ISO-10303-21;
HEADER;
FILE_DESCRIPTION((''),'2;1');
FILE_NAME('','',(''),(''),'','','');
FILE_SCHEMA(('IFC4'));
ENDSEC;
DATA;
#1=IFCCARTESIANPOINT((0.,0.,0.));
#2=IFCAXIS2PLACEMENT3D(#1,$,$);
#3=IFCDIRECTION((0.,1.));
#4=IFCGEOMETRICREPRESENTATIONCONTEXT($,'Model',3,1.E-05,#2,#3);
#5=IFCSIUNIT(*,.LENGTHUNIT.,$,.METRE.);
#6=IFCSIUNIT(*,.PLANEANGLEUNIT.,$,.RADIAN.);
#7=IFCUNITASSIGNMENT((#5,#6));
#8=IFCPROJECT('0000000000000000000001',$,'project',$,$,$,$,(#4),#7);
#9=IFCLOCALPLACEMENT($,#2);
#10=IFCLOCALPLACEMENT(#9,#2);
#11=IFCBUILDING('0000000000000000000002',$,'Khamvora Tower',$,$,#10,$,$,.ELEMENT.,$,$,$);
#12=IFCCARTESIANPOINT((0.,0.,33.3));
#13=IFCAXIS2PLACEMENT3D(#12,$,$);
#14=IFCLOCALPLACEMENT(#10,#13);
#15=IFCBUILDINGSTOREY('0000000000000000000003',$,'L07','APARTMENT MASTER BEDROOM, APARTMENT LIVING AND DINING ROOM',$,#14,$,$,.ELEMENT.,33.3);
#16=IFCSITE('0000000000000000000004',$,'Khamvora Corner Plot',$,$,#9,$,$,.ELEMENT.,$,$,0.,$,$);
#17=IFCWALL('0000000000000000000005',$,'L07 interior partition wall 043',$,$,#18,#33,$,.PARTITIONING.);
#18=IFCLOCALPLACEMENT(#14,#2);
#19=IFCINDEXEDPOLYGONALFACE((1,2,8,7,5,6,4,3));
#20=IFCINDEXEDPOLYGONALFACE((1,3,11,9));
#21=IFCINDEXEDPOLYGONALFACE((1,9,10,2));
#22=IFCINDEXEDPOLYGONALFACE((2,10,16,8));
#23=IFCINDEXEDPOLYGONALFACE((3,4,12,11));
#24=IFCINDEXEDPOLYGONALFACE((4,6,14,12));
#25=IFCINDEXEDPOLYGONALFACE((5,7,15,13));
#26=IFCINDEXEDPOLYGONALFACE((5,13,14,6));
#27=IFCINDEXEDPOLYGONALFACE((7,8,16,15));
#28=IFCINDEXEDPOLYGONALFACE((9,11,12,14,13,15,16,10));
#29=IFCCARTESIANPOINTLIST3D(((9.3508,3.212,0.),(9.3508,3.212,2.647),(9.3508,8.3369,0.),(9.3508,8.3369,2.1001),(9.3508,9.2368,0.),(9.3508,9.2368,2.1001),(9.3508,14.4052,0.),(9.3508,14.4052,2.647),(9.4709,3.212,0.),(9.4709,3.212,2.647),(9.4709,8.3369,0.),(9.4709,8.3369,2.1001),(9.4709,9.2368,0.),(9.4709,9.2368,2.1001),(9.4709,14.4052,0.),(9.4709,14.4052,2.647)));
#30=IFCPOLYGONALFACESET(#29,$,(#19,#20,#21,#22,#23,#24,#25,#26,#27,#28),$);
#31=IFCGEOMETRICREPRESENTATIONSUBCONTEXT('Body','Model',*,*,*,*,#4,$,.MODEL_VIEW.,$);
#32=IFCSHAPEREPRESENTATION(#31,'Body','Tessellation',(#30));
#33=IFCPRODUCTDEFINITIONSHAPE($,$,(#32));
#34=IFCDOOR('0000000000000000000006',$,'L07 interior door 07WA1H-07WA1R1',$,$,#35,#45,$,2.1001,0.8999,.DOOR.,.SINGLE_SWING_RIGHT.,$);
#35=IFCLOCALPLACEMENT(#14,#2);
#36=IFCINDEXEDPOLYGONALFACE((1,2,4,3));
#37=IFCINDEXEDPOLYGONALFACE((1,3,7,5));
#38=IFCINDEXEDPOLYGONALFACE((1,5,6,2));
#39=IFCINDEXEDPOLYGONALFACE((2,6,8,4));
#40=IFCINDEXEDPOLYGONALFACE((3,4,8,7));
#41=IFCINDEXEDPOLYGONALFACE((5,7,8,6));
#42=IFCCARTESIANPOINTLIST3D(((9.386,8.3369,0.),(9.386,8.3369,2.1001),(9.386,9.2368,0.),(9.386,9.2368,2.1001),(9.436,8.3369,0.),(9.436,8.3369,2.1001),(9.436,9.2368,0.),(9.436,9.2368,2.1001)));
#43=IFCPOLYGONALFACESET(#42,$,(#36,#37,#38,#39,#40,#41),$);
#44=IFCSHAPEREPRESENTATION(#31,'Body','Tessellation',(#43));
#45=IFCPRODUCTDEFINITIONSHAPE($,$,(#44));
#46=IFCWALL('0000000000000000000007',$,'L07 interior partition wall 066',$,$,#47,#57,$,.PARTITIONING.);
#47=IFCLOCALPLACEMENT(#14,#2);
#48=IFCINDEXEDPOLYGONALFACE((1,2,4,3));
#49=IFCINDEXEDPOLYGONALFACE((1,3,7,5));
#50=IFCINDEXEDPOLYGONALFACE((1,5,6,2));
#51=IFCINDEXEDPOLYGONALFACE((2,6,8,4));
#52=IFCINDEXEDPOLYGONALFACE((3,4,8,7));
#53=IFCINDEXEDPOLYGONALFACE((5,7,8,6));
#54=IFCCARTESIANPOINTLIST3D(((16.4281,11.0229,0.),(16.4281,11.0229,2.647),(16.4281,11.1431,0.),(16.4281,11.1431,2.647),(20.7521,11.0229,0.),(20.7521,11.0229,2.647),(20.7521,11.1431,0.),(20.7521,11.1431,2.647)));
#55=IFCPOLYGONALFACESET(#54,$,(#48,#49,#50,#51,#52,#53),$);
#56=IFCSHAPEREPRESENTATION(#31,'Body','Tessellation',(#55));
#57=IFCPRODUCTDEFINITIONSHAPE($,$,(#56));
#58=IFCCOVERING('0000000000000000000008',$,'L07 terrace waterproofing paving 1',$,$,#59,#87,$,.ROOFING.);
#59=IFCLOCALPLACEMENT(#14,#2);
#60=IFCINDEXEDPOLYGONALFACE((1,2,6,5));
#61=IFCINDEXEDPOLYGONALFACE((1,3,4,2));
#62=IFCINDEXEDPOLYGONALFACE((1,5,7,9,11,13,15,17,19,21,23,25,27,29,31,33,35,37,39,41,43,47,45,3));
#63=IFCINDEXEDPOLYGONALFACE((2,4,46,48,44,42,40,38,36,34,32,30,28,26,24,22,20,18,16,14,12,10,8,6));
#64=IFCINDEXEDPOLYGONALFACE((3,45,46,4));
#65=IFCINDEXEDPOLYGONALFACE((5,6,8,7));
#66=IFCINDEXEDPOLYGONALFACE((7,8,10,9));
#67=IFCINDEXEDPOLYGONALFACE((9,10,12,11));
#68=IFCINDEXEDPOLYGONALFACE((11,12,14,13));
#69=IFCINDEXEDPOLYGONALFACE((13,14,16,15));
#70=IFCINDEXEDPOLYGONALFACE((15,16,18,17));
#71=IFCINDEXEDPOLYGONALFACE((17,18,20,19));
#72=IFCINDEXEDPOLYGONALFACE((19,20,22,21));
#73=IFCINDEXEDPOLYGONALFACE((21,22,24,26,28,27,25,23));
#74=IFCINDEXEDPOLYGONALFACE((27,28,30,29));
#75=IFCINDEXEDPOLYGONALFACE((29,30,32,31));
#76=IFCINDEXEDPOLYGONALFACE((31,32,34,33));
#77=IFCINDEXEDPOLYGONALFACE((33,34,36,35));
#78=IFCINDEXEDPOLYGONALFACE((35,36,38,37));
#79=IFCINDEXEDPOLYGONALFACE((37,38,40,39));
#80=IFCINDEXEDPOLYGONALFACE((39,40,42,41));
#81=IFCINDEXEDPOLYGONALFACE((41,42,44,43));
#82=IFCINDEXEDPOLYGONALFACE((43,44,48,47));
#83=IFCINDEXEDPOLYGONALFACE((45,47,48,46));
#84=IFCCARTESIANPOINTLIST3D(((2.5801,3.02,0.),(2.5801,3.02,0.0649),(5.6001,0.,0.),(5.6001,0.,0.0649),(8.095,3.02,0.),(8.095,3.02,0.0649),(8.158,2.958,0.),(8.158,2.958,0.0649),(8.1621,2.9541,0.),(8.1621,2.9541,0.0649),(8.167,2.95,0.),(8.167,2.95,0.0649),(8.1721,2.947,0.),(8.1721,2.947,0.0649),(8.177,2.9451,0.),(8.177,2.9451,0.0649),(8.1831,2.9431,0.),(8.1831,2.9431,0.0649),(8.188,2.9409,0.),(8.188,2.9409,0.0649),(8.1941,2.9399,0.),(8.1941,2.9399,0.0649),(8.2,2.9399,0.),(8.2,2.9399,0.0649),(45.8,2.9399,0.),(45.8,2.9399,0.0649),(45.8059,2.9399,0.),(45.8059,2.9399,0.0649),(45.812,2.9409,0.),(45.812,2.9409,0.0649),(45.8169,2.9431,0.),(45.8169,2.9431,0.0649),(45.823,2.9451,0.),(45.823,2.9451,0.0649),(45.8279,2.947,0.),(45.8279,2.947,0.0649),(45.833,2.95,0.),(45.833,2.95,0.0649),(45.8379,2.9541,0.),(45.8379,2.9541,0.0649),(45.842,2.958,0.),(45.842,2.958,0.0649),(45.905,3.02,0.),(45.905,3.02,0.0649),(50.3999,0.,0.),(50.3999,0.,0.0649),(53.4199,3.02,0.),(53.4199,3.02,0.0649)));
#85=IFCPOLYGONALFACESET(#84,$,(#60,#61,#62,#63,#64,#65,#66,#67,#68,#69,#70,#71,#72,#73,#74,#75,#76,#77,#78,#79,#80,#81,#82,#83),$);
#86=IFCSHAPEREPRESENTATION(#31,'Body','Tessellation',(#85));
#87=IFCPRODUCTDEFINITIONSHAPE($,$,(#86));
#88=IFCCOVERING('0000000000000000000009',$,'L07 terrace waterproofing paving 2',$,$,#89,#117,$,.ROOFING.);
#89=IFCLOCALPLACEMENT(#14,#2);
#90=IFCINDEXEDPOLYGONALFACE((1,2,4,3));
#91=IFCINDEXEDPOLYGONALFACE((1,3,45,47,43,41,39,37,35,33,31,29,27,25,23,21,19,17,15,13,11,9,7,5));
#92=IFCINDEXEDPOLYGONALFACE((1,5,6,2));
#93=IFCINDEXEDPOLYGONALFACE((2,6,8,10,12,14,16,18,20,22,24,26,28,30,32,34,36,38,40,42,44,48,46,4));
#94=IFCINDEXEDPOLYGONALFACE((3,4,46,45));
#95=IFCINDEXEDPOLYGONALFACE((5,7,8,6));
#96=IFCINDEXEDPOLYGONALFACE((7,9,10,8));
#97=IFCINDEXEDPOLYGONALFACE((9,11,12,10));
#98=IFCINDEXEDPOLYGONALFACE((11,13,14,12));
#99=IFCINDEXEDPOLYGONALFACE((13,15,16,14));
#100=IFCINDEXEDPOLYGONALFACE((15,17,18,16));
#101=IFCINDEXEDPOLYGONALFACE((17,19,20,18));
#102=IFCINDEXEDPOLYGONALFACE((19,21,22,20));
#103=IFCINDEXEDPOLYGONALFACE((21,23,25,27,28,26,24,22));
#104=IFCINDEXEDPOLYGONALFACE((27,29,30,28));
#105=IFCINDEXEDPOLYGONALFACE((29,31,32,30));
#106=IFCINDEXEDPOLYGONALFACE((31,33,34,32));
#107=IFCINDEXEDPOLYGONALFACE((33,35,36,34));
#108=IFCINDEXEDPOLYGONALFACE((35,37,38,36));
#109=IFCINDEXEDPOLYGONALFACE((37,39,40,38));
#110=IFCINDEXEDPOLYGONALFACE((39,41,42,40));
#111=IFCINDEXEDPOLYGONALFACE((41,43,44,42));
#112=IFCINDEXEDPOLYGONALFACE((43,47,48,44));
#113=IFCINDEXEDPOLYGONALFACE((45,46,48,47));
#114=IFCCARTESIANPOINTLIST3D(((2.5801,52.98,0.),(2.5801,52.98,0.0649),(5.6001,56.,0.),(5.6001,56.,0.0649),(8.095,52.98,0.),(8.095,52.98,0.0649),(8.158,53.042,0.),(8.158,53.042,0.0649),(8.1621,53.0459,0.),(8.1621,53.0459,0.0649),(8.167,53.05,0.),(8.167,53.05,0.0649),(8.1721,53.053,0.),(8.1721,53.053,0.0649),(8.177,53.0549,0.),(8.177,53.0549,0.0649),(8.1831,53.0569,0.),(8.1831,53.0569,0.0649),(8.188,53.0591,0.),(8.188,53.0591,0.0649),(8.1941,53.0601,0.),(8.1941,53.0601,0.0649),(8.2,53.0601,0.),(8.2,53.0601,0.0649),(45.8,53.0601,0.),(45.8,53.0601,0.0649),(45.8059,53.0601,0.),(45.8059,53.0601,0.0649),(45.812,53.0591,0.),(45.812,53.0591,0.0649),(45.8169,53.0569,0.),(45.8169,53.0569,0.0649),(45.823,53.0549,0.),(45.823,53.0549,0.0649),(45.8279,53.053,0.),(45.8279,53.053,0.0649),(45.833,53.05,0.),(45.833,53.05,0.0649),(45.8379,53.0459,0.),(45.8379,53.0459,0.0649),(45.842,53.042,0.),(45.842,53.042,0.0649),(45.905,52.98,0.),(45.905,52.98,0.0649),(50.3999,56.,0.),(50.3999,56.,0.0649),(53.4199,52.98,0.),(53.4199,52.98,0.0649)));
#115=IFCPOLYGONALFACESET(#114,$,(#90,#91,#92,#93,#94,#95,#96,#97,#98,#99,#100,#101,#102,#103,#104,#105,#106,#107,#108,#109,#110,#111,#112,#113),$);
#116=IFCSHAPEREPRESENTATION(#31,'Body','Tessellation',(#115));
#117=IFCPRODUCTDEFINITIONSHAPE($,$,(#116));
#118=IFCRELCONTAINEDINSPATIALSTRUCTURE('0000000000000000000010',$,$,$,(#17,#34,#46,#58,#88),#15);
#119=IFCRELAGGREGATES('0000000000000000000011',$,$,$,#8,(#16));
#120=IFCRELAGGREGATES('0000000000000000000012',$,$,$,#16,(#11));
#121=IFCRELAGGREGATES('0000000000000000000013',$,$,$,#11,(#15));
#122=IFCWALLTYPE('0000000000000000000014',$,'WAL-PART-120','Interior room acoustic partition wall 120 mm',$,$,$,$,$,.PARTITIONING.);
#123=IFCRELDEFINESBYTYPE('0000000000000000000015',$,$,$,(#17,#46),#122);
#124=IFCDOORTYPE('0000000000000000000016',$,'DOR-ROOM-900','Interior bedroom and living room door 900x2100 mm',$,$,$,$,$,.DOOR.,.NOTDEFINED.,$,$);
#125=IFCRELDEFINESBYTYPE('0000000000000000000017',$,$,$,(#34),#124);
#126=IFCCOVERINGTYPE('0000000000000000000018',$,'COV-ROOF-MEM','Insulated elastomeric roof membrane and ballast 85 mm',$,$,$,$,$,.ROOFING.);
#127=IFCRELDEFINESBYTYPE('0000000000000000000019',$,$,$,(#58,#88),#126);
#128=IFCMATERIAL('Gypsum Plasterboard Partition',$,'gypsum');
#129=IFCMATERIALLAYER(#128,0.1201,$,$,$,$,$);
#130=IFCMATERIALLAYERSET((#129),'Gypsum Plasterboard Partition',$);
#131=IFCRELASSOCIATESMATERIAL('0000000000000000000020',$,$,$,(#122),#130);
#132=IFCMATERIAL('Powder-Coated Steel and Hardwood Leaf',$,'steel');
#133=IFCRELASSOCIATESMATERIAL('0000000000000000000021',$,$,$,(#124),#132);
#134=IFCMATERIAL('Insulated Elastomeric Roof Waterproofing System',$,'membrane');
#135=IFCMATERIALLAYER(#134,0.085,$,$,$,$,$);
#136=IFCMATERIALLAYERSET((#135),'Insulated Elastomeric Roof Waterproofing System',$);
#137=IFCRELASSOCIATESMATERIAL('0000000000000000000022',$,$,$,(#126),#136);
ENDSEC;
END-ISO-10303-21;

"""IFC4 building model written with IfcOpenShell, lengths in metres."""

from ifc_helpers import new_model, si_unit, direction, frame, frame_2d, origin, place, context, subcontext, project, spatial, polyline, rectangle, outline, extrude, material, layer, layer_set, type_object, element, fill, save


model = new_model("IFC4")

# Units and contexts
model_context = context("Model", 3, precision=1e-05, world=origin(), true_north=direction((0.0, 1.0)))
body_context = subcontext(model_context, "Body", "Model", "MODEL_VIEW")
ifc_project = project(units=[si_unit("LENGTHUNIT", "METRE"), si_unit("PLANEANGLEUNIT", "RADIAN")], contexts=[model_context])

# Site, building, storey
site_placement = place(None, origin())
site = spatial("IfcSite", under=ifc_project, at=site_placement, Name="Khamvora Corner Plot", CompositionType="ELEMENT", RefElevation=0.0)
building_placement = place(site_placement, origin())
building = spatial("IfcBuilding", under=site, at=building_placement, Name="Khamvora Tower", CompositionType="ELEMENT")
storey_placement = place(building_placement, frame((0.0, 0.0, 33.3)))
storey = spatial("IfcBuildingStorey", under=building, at=storey_placement, Name="L07", Description="APARTMENT MASTER BEDROOM, APARTMENT LIVING AND DINING ROOM", CompositionType="ELEMENT", Elevation=33.3)

# Wall, opening, door
ifc_material_1 = material(Name="Gypsum Plasterboard Partition", Category="gypsum")
ifc_layer_1 = layer(ifc_material_1, 0.1201)
ifc_layer_set_1 = layer_set([ifc_layer_1], Name="Gypsum Plasterboard Partition")
wall_type_1 = type_object("IfcWallType", Name="WAL-PART-120", Description="Interior room acoustic partition wall 120 mm", PredefinedType="PARTITIONING", material=ifc_layer_set_1)
wall_1_placement = place(storey_placement, frame((9.4109, 3.2119, 0.0), z_axis=(0.0, 0.0, 1.0), x_axis=(0.0, 1.0, 0.0)))
wall_1 = element("IfcWall", 1, at=wall_1_placement, inside=storey, type_object=wall_type_1, Name="L07 interior partition wall 043", PredefinedType="PARTITIONING", context=body_context, shape_type="SweptSolid", body=[
    extrude(rectangle(XDim=11.1931, YDim=0.1201, at=frame_2d((5.5967, 0.0))), origin(), (0.0, 0.0, 1.0), 2.647),
])
opening_1_placement = place(wall_1_placement, frame((5.125, 0.0, 0.0)))
opening_1 = element("IfcOpeningElement", 2, at=opening_1_placement, cuts=wall_1, PredefinedType="OPENING", context=body_context, shape_type="SweptSolid", body=[
    extrude(rectangle(XDim=0.8999, YDim=2.1001, at=frame_2d((0.45, 1.05))), frame((0.0, 0.0701, 0.0), z_axis=(0.0, -1.0, 0.0), x_axis=(1.0, 0.0, 0.0)), (0.0, 0.0, 1.0), 0.1401),
])
ifc_material_2 = material(Name="Powder-Coated Steel and Hardwood Leaf", Category="steel")
door_type = type_object("IfcDoorType", Name="DOR-ROOM-900", Description="Interior bedroom and living room door 900x2100 mm", OperationType="NOTDEFINED", PredefinedType="DOOR", material=ifc_material_2)
door_placement = place(opening_1_placement, origin())
door = element("IfcDoor", 3, at=door_placement, inside=storey, type_object=door_type, Name="L07 interior door 07WA1H-07WA1R1", OperationType="SINGLE_SWING_RIGHT", OverallHeight=2.1001, OverallWidth=0.8999, PredefinedType="DOOR", context=body_context, shape_type="SweptSolid", body=[
    extrude(rectangle(XDim=0.8999, YDim=2.1001, at=frame_2d((0.45, 1.05))), frame((0.0, 0.0249, 0.0), z_axis=(0.0, -1.0, 0.0), x_axis=(1.0, 0.0, 0.0)), (0.0, 0.0, 1.0), 0.05),
])
fill(opening_1, door)

# Wall
wall_2_placement = place(storey_placement, frame((16.428, 11.083, 0.0), z_axis=(0.0, 0.0, 1.0), x_axis=(1.0, 0.0, 0.0)))
element("IfcWall", 4, at=wall_2_placement, inside=storey, type_object=wall_type_1, Name="L07 interior partition wall 066", PredefinedType="PARTITIONING", context=body_context, shape_type="SweptSolid", body=[
    extrude(rectangle(XDim=4.324, YDim=0.1201, at=frame_2d((2.1621, 0.0))), origin(), (0.0, 0.0, 1.0), 2.647),
])

# Coverings
ifc_material_3 = material(Name="Insulated Elastomeric Roof Waterproofing System", Category="membrane")
ifc_layer_2 = layer(ifc_material_3, 0.085)
ifc_layer_set_2 = layer_set([ifc_layer_2], Name="Insulated Elastomeric Roof Waterproofing System")
covering_type = type_object("IfcCoveringType", Name="COV-ROOF-MEM", Description="Insulated elastomeric roof membrane and ballast 85 mm", PredefinedType="ROOFING", material=ifc_layer_set_2)
covering_1_placement = place(storey_placement, origin())
element("IfcCovering", 5, at=covering_1_placement, inside=storey, type_object=covering_type, Name="L07 terrace waterproofing paving 1", PredefinedType="ROOFING", context=body_context, shape_type="SweptSolid", body=[
    extrude(outline(polyline([(50.3999, 0.0), (5.6001, 0.0), (2.5801, 3.02), (8.095, 3.02), (8.158, 2.958), (8.1621, 2.9541), (8.167, 2.95), (8.1721, 2.947), (8.177, 2.9451), (8.1831, 2.9431), (8.188, 2.9409), (8.1941, 2.9399), (8.2, 2.9399), (45.8, 2.9399), (45.8059, 2.9399), (45.812, 2.9409), (45.8169, 2.9431), (45.823, 2.9451), (45.8279, 2.947), (45.833, 2.95), (45.8379, 2.9541), (45.842, 2.958), (45.905, 3.02), (53.4199, 3.02), (50.3999, 0.0)])), origin(), (0.0, 0.0, 1.0), 0.0649),
])
covering_2_placement = place(storey_placement, origin())
element("IfcCovering", 6, at=covering_2_placement, inside=storey, type_object=covering_type, Name="L07 terrace waterproofing paving 2", PredefinedType="ROOFING", context=body_context, shape_type="SweptSolid", body=[
    extrude(outline(polyline([(5.6001, 56.0), (50.3999, 56.0), (53.4199, 52.98), (45.905, 52.98), (45.842, 53.042), (45.8379, 53.0459), (45.833, 53.05), (45.8279, 53.053), (45.823, 53.0549), (45.8169, 53.0569), (45.812, 53.0591), (45.8059, 53.0601), (45.8, 53.0601), (8.2, 53.0601), (8.1941, 53.0601), (8.188, 53.0591), (8.1831, 53.0569), (8.177, 53.0549), (8.1721, 53.053), (8.167, 53.05), (8.1621, 53.0459), (8.158, 53.042), (8.095, 52.98), (2.5801, 52.98), (5.6001, 56.0)])), origin(), (0.0, 0.0, 1.0), 0.0649),
])

save(model, "model.ifc")
